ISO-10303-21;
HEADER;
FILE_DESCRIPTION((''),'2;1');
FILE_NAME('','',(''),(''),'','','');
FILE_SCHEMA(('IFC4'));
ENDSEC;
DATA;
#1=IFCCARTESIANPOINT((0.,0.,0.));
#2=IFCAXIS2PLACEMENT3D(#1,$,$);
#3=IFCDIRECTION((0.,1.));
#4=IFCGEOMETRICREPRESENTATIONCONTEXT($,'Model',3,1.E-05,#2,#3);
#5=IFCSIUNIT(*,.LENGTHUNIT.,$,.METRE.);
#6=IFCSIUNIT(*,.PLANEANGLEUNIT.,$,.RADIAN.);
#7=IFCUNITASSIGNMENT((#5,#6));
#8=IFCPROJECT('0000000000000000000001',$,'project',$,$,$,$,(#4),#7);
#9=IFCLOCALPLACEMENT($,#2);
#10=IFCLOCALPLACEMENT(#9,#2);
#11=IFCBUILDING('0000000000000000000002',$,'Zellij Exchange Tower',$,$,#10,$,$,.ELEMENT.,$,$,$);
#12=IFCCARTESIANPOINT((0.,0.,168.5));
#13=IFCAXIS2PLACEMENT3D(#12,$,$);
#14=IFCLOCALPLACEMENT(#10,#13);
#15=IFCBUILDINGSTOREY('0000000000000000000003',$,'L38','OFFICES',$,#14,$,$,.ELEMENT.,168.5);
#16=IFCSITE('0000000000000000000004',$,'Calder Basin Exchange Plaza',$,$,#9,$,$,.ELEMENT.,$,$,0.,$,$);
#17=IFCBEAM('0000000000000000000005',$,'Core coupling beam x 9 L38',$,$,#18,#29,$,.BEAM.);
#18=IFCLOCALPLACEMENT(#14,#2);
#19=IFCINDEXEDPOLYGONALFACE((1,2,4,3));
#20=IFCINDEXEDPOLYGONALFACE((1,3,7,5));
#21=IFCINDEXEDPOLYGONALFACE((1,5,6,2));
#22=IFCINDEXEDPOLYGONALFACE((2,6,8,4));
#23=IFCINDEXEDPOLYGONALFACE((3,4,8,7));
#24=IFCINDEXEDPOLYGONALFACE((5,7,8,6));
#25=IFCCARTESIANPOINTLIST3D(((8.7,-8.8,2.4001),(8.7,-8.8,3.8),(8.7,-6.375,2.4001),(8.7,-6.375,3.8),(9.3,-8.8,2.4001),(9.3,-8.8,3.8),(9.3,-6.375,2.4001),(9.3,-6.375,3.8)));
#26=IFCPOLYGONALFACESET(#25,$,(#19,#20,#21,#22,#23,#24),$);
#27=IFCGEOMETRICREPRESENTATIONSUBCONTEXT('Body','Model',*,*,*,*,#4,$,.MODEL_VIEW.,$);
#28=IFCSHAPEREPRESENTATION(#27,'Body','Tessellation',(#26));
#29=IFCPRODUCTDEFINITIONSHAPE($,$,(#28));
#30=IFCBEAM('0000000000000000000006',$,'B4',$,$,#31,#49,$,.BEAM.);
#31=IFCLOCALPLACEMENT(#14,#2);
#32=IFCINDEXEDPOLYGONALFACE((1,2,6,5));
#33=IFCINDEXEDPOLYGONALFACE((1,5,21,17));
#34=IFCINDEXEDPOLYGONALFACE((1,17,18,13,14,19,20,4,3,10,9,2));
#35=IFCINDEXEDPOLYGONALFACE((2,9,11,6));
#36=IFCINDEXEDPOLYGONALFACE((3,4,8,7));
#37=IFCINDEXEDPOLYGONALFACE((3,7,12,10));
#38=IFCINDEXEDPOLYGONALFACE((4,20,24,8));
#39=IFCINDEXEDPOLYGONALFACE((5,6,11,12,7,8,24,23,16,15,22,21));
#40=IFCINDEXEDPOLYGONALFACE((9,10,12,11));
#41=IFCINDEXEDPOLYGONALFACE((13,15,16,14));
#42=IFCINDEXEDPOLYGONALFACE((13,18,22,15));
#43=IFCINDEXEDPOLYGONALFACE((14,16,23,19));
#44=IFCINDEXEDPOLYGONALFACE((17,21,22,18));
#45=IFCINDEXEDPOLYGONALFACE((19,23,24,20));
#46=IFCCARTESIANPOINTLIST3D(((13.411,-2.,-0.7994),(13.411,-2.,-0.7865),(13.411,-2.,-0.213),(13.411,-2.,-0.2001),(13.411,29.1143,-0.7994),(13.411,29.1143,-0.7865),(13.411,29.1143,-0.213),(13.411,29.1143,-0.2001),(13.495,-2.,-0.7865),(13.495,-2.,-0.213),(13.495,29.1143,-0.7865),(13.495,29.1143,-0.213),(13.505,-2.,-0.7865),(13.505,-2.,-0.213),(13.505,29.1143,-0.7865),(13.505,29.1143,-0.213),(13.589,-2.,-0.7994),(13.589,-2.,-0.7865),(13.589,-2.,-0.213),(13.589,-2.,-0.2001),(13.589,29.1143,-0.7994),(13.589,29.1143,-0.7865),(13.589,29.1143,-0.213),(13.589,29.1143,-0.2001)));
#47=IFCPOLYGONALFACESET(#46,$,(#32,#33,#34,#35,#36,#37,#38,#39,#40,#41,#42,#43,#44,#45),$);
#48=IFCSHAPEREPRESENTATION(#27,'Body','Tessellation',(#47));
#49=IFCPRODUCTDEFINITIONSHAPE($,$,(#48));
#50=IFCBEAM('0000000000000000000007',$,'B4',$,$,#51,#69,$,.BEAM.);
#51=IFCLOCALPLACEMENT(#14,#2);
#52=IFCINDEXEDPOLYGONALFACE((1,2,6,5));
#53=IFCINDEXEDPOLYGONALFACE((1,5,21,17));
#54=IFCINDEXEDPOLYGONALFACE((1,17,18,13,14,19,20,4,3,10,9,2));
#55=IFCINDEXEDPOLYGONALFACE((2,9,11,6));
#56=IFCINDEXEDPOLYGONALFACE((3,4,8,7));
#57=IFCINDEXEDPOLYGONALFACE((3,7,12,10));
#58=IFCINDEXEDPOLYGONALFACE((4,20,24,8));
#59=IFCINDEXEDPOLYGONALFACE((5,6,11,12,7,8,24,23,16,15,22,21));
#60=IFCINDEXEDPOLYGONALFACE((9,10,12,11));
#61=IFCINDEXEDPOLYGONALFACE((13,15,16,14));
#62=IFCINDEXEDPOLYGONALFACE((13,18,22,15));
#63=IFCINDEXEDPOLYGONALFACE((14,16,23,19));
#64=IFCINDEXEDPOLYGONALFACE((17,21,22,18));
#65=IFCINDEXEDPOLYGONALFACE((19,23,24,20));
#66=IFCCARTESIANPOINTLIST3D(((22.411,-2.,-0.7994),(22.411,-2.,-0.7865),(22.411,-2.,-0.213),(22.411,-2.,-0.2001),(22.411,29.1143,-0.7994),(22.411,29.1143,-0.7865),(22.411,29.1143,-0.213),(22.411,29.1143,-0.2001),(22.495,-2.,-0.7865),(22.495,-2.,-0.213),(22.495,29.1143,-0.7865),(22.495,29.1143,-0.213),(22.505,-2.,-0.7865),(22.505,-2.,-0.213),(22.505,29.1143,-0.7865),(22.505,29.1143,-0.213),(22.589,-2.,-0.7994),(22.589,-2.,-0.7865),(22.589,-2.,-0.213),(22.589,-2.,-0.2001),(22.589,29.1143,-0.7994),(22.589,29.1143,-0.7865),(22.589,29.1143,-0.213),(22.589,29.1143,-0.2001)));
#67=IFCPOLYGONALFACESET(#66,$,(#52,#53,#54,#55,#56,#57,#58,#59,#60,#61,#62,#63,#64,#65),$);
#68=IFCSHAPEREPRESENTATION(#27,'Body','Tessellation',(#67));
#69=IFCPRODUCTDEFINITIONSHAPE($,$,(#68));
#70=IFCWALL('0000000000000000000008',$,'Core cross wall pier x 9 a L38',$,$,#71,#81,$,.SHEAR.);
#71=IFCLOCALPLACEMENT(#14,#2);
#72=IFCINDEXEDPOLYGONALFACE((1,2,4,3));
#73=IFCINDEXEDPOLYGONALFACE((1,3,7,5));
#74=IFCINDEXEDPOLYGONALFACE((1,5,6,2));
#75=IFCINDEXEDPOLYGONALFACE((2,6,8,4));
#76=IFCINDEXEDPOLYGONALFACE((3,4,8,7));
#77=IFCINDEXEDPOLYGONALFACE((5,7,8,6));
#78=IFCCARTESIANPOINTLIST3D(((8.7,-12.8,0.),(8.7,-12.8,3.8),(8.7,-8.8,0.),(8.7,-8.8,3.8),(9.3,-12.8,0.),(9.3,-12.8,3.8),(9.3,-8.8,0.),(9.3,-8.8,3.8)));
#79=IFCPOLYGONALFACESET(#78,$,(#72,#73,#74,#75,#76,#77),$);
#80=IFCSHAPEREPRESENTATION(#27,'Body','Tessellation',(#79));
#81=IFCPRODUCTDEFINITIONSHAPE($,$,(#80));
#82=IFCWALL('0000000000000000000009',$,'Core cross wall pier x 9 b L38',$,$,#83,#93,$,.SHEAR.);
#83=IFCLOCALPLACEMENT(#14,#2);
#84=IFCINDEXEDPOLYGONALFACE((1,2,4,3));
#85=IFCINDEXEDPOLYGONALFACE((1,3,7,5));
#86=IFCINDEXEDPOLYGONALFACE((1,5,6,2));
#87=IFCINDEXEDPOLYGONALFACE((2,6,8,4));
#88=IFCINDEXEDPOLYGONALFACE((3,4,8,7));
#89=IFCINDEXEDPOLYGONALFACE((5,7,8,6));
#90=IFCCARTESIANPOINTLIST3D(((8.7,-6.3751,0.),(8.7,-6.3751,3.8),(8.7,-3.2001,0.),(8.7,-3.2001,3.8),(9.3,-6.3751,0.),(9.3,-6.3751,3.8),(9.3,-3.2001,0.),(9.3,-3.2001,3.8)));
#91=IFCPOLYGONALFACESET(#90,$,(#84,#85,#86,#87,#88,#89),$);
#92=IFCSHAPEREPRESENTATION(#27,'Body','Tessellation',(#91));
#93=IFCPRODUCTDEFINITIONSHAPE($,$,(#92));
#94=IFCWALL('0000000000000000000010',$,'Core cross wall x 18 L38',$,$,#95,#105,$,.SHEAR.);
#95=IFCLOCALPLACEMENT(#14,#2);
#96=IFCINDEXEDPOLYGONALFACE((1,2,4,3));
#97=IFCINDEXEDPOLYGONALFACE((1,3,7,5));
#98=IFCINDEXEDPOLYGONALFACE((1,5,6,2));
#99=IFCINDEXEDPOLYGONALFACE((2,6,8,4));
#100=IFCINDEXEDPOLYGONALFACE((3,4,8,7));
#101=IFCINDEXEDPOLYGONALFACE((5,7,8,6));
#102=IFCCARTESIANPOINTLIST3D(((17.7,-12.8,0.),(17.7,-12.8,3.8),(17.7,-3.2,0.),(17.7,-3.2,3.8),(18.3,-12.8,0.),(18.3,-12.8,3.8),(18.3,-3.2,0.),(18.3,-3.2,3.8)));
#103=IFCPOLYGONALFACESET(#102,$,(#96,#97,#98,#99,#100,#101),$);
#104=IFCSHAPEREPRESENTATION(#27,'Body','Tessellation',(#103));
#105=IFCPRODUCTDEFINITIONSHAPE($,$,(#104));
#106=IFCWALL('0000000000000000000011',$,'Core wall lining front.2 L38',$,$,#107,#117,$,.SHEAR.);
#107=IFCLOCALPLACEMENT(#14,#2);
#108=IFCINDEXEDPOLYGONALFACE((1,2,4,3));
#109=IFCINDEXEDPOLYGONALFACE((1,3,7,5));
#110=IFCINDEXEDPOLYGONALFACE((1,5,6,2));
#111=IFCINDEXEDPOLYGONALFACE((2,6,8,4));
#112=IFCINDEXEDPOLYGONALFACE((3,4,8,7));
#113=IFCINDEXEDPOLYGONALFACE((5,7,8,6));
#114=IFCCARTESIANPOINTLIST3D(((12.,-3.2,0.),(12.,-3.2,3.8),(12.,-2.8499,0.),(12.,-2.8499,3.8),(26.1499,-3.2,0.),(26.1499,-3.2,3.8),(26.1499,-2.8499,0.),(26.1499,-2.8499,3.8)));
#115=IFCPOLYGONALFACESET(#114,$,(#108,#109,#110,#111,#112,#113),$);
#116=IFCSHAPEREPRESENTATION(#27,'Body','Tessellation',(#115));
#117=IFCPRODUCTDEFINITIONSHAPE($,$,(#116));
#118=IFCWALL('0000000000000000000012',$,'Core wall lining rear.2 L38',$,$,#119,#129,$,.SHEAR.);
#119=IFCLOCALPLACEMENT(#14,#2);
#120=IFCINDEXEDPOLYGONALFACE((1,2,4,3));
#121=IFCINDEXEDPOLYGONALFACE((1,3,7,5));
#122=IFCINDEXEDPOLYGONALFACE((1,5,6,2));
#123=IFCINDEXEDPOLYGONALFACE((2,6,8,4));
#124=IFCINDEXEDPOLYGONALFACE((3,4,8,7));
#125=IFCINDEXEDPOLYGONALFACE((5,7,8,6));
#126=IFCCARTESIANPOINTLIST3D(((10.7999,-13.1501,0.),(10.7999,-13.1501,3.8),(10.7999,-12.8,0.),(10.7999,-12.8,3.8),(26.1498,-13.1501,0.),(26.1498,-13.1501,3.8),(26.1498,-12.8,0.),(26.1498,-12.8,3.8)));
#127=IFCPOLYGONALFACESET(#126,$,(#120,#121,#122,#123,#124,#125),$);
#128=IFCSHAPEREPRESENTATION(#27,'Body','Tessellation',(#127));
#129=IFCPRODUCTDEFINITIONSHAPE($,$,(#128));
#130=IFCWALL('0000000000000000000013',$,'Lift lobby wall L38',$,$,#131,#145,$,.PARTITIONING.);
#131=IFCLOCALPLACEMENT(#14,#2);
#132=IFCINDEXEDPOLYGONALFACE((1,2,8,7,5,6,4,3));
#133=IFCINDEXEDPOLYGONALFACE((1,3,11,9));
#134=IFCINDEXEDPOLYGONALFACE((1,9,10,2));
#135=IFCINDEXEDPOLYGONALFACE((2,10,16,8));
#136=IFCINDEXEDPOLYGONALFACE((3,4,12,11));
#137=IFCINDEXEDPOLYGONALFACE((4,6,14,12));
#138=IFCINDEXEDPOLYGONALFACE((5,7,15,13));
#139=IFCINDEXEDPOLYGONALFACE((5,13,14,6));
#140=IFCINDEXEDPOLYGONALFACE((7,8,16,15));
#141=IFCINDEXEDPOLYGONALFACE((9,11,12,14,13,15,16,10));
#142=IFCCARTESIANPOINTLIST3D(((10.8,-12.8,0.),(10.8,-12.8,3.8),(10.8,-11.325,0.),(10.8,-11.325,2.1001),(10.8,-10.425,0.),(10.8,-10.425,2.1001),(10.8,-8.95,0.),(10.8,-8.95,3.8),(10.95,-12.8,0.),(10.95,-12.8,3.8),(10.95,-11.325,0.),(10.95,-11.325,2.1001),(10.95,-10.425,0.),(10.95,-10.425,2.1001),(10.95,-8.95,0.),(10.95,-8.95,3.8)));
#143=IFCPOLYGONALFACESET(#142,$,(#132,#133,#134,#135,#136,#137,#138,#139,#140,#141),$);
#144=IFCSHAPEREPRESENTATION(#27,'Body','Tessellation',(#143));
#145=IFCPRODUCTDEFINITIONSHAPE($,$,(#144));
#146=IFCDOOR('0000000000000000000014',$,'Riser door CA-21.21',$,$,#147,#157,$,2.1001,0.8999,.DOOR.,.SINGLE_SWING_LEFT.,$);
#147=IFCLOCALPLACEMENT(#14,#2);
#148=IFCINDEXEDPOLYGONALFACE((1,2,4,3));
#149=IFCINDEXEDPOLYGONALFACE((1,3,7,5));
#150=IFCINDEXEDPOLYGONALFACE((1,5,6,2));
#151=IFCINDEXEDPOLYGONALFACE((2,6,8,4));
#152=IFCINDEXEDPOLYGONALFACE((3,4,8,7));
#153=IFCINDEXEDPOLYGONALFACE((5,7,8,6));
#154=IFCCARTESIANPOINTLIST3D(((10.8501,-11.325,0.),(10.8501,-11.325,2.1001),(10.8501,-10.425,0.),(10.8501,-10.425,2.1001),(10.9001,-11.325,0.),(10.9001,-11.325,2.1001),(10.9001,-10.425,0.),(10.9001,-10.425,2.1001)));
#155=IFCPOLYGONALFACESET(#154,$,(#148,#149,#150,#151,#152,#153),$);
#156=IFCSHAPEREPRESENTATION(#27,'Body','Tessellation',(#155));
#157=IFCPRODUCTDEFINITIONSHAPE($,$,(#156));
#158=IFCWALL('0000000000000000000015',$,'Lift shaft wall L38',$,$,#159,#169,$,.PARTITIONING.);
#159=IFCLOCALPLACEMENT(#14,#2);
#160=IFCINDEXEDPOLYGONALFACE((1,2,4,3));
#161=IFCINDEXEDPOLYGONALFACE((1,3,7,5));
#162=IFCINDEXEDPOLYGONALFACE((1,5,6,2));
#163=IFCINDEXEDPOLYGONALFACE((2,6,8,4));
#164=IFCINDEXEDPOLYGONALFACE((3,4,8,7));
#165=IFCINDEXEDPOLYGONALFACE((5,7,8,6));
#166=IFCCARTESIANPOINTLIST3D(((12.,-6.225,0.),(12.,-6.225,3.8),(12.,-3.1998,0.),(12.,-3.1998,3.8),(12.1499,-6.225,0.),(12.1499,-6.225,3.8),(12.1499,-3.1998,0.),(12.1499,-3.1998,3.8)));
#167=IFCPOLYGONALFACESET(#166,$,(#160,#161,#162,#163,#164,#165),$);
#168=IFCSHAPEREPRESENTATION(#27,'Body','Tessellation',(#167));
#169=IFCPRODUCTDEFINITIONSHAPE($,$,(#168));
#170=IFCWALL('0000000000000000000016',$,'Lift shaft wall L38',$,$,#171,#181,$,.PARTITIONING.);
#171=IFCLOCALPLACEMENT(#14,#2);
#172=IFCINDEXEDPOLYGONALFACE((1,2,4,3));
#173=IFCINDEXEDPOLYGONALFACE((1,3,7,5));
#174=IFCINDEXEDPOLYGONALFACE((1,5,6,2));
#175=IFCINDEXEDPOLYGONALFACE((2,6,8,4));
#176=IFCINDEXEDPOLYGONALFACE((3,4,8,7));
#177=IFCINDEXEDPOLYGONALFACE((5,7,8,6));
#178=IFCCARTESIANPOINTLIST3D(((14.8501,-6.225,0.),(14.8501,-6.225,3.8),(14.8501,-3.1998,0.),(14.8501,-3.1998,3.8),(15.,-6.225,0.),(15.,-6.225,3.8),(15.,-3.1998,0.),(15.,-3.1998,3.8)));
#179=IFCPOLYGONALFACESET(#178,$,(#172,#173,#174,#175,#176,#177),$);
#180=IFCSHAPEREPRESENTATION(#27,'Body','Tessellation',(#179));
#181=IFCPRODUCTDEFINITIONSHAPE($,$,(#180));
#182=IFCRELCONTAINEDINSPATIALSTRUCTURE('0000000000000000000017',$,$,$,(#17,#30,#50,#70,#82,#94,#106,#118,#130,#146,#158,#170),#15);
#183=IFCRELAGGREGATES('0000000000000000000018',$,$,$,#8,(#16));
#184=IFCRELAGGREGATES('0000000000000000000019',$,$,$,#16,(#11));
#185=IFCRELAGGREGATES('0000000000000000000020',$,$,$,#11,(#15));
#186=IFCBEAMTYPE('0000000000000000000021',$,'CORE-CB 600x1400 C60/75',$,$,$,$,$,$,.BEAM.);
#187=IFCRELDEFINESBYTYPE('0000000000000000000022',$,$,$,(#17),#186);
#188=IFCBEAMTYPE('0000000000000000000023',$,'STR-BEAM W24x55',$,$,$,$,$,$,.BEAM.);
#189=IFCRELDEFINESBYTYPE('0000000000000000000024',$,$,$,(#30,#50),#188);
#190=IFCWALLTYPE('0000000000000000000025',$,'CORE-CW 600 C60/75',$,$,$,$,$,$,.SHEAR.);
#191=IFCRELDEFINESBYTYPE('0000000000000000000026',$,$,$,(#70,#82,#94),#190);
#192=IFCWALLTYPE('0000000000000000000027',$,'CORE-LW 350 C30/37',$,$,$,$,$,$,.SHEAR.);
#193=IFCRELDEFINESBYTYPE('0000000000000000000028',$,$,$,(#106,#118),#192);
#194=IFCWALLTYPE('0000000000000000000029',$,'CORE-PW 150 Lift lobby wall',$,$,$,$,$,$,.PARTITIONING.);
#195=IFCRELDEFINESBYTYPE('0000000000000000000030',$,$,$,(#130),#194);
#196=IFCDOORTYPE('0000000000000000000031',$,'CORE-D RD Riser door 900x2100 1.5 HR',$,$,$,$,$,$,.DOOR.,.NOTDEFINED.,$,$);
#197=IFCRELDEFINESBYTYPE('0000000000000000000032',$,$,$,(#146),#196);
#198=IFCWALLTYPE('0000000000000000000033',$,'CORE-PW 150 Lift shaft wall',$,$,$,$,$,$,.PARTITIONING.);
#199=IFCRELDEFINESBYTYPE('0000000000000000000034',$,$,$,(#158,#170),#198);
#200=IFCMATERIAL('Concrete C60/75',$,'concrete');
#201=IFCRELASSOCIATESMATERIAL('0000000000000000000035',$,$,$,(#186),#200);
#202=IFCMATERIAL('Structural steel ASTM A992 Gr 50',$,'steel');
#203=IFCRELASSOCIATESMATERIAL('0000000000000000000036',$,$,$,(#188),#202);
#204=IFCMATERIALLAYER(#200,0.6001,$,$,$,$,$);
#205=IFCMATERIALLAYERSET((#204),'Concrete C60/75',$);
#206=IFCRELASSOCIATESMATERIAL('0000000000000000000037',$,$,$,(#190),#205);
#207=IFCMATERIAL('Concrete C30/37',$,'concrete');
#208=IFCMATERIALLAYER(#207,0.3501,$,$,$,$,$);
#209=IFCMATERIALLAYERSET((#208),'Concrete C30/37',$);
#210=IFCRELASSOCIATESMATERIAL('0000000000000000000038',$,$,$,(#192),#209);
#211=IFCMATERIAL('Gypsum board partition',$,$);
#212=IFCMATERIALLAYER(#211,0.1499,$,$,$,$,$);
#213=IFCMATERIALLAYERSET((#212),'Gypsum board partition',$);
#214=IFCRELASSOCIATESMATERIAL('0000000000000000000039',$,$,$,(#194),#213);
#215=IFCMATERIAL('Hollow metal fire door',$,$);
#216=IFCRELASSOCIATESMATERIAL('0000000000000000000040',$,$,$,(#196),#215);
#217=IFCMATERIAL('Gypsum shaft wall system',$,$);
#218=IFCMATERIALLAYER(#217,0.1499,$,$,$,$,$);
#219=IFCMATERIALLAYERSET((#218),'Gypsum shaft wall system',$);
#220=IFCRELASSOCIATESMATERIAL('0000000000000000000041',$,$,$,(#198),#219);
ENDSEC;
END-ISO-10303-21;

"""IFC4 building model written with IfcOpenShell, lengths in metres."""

from ifc_helpers import new_model, si_unit, direction, frame, frame_2d, origin, origin_2d, place, context, subcontext, project, spatial, rectangle, i_section, extrude, material, layer, layer_set, material_profile, profile_set, type_object, element, fill, save


model = new_model("IFC4")

# Units and contexts
model_context = context("Model", 3, precision=1e-05, world=origin(), true_north=direction((0.0, 1.0)))
body_context = subcontext(model_context, "Body", "Model", "MODEL_VIEW")
ifc_project = project(units=[si_unit("LENGTHUNIT", "METRE"), si_unit("PLANEANGLEUNIT", "RADIAN")], contexts=[model_context])

# Site, building, storey
site_placement = place(None, origin())
site = spatial("IfcSite", under=ifc_project, at=site_placement, Name="Calder Basin Exchange Plaza", CompositionType="ELEMENT", RefElevation=0.0)
building_placement = place(site_placement, origin())
building = spatial("IfcBuilding", under=site, at=building_placement, Name="Zellij Exchange Tower", CompositionType="ELEMENT")
storey_placement = place(building_placement, frame((0.0, 0.0, 168.5)))
storey = spatial("IfcBuildingStorey", under=building, at=storey_placement, Name="L38", Description="OFFICES", CompositionType="ELEMENT", Elevation=168.5)

# Beams
ifc_material_1 = material(Name="Concrete C60/75", Category="concrete")
ifc_material_profile_1 = material_profile(ifc_material_1, rectangle(XDim=0.6001, YDim=1.3999, at=origin_2d()), Name="CORE-CB 600x1400 C60/75")
ifc_profile_set_1 = profile_set([ifc_material_profile_1], Name="Concrete C60/75")
beam_type_1 = type_object("IfcBeamType", Name="CORE-CB 600x1400 C60/75", PredefinedType="BEAM", material=ifc_profile_set_1)
beam_placement = place(storey_placement, frame((9.0, -8.8, 3.1001), z_axis=(0.0, 1.0, 0.0), x_axis=(-1.0, 0.0, 0.0)))
element("IfcBeam", 1, at=beam_placement, inside=storey, type_object=beam_type_1, Name="Core coupling beam x 9 L38", PredefinedType="BEAM", context=body_context, shape_type="SweptSolid", body=[
    extrude(rectangle(XDim=0.6001, YDim=1.3999, at=origin_2d()), origin(), (0.0, 0.0, 1.0), 2.425),
])
ifc_material_2 = material(Name="Structural steel ASTM A992 Gr 50", Category="steel")
ifc_material_profile_2 = material_profile(ifc_material_2, i_section(OverallWidth=0.178, OverallDepth=0.5994, WebThickness=0.01, FlangeThickness=0.0129, at=origin_2d()), Name="W24x55")
ifc_profile_set_2 = profile_set([ifc_material_profile_2], Name="Structural steel ASTM A992 Gr 50")
beam_type_2 = type_object("IfcBeamType", Name="STR-BEAM W24x55", PredefinedType="BEAM", material=ifc_profile_set_2)
for number, where, z_axis, x_axis, name in (
    (2, (13.5, -2.0, -0.4998), (0.0, 1.0, 0.0), (-1.0, 0.0, 0.0), "B4"),
    (3, (22.5, -2.0, -0.4998), (0.0, 1.0, 0.0), (-1.0, 0.0, 0.0), "B4"),
):
    element("IfcBeam", number, at=place(storey_placement, frame(where, z_axis=z_axis, x_axis=x_axis)), inside=storey, type_object=beam_type_2, Name=name, PredefinedType="BEAM", context=body_context, shape_type="SweptSolid", body=[
        extrude(i_section(OverallWidth=0.178, OverallDepth=0.5994, WebThickness=0.01, FlangeThickness=0.0129, at=origin_2d()), origin(), (0.0, 0.0, 1.0), 31.1143),
    ])

# Walls
ifc_layer_1 = layer(ifc_material_1, 0.6001)
ifc_layer_set_1 = layer_set([ifc_layer_1], Name="Concrete C60/75")
wall_type_1 = type_object("IfcWallType", Name="CORE-CW 600 C60/75", PredefinedType="SHEAR", material=ifc_layer_set_1)
wall_1_placement = place(storey_placement, frame((9.0, -12.8, 0.0), z_axis=(0.0, 0.0, 1.0), x_axis=(0.0, 1.0, 0.0)))
element("IfcWall", 4, at=wall_1_placement, inside=storey, type_object=wall_type_1, Name="Core cross wall pier x 9 a L38", PredefinedType="SHEAR", context=body_context, shape_type="SweptSolid", body=[
    extrude(rectangle(XDim=4.0, YDim=0.6001, at=frame_2d((2.0, 0.0))), origin(), (0.0, 0.0, 1.0), 3.8),
])
wall_2_placement = place(storey_placement, frame((9.0, -6.375, 0.0), z_axis=(0.0, 0.0, 1.0), x_axis=(0.0, 1.0, 0.0)))
element("IfcWall", 5, at=wall_2_placement, inside=storey, type_object=wall_type_1, Name="Core cross wall pier x 9 b L38", PredefinedType="SHEAR", context=body_context, shape_type="SweptSolid", body=[
    extrude(rectangle(XDim=3.175, YDim=0.6001, at=frame_2d((1.5874, 0.0))), origin(), (0.0, 0.0, 1.0), 3.8),
])
wall_3_placement = place(storey_placement, frame((18.0, -12.8, 0.0), z_axis=(0.0, 0.0, 1.0), x_axis=(0.0, 1.0, 0.0)))
element("IfcWall", 6, at=wall_3_placement, inside=storey, type_object=wall_type_1, Name="Core cross wall x 18 L38", PredefinedType="SHEAR", context=body_context, shape_type="SweptSolid", body=[
    extrude(rectangle(XDim=9.6001, YDim=0.6001, at=frame_2d((4.8, 0.0))), origin(), (0.0, 0.0, 1.0), 3.8),
])
ifc_material_3 = material(Name="Concrete C30/37", Category="concrete")
ifc_layer_2 = layer(ifc_material_3, 0.3501)
ifc_layer_set_2 = layer_set([ifc_layer_2], Name="Concrete C30/37")
wall_type_2 = type_object("IfcWallType", Name="CORE-LW 350 C30/37", PredefinedType="SHEAR", material=ifc_layer_set_2)
wall_4_placement = place(storey_placement, frame((12.0, -3.0249, 0.0), z_axis=(0.0, 0.0, 1.0), x_axis=(1.0, 0.0, 0.0)))
element("IfcWall", 7, at=wall_4_placement, inside=storey, type_object=wall_type_2, Name="Core wall lining front.2 L38", PredefinedType="SHEAR", context=body_context, shape_type="SweptSolid", body=[
    extrude(rectangle(XDim=14.1499, YDim=0.3501, at=frame_2d((7.075, 0.0))), origin(), (0.0, 0.0, 1.0), 3.8),
])
wall_5_placement = place(storey_placement, frame((10.8, -12.9751, 0.0), z_axis=(0.0, 0.0, 1.0), x_axis=(1.0, 0.0, 0.0)))
element("IfcWall", 8, at=wall_5_placement, inside=storey, type_object=wall_type_2, Name="Core wall lining rear.2 L38", PredefinedType="SHEAR", context=body_context, shape_type="SweptSolid", body=[
    extrude(rectangle(XDim=15.3499, YDim=0.3501, at=frame_2d((7.6748, 0.0))), origin(), (0.0, 0.0, 1.0), 3.8),
])

# Wall, opening, door
ifc_material_4 = material(Name="Gypsum board partition")
ifc_layer_3 = layer(ifc_material_4, 0.1499)
ifc_layer_set_3 = layer_set([ifc_layer_3], Name="Gypsum board partition")
wall_type_3 = type_object("IfcWallType", Name="CORE-PW 150 Lift lobby wall", PredefinedType="PARTITIONING", material=ifc_layer_set_3)
wall_6_placement = place(storey_placement, frame((10.875, -12.8, 0.0), z_axis=(0.0, 0.0, 1.0), x_axis=(0.0, 1.0, 0.0)))
wall_6 = element("IfcWall", 9, at=wall_6_placement, inside=storey, type_object=wall_type_3, Name="Lift lobby wall L38", PredefinedType="PARTITIONING", context=body_context, shape_type="SweptSolid", body=[
    extrude(rectangle(XDim=3.8501, YDim=0.1499, at=frame_2d((1.925, 0.0))), origin(), (0.0, 0.0, 1.0), 3.8),
])
opening_1_placement = place(wall_6_placement, frame((1.4751, 0.0, 0.0)))
opening_1 = element("IfcOpeningElement", 10, at=opening_1_placement, cuts=wall_6, PredefinedType="OPENING", context=body_context, shape_type="SweptSolid", body=[
    extrude(rectangle(XDim=0.8999, YDim=2.1001, at=frame_2d((0.45, 1.05))), frame((0.0, 0.0869, 0.0), z_axis=(0.0, -1.0, 0.0), x_axis=(1.0, 0.0, 0.0)), (0.0, 0.0, 1.0), 0.1738),
])
ifc_material_5 = material(Name="Hollow metal fire door")
door_type_1 = type_object("IfcDoorType", Name="CORE-D RD Riser door 900x2100 1.5 HR", OperationType="NOTDEFINED", PredefinedType="DOOR", material=ifc_material_5)
door_1_placement = place(opening_1_placement, origin())
door_1 = element("IfcDoor", 11, at=door_1_placement, inside=storey, type_object=door_type_1, Name="Riser door CA-21.21", OperationType="SINGLE_SWING_LEFT", OverallHeight=2.1001, OverallWidth=0.8999, PredefinedType="DOOR", context=body_context, shape_type="SweptSolid", body=[
    extrude(rectangle(XDim=0.8999, YDim=2.1001, at=frame_2d((0.45, 1.05))), frame((0.0, 0.0249, 0.0), z_axis=(0.0, -1.0, 0.0), x_axis=(1.0, 0.0, 0.0)), (0.0, 0.0, 1.0), 0.05),
])
fill(opening_1, door_1)

# Walls
ifc_material_6 = material(Name="Gypsum shaft wall system")
ifc_layer_4 = layer(ifc_material_6, 0.1499)
ifc_layer_set_4 = layer_set([ifc_layer_4], Name="Gypsum shaft wall system")
wall_type_4 = type_object("IfcWallType", Name="CORE-PW 150 Lift shaft wall", PredefinedType="PARTITIONING", material=ifc_layer_set_4)
for number, where, z_axis, x_axis, name in (
    (12, (12.075, -6.2251, 0.0), (0.0, 0.0, 1.0), (0.0, 1.0, 0.0), "Lift shaft wall L38"),
    (13, (14.925, -6.2251, 0.0), (0.0, 0.0, 1.0), (0.0, 1.0, 0.0), "Lift shaft wall L38"),
):
    element("IfcWall", number, at=place(storey_placement, frame(where, z_axis=z_axis, x_axis=x_axis)), inside=storey, type_object=wall_type_4, Name=name, PredefinedType="PARTITIONING", context=body_context, shape_type="SweptSolid", body=[
        extrude(rectangle(XDim=3.0251, YDim=0.1499, at=frame_2d((1.5127, 0.0))), origin(), (0.0, 0.0, 1.0), 3.8),
    ])

save(model, "model.ifc")
